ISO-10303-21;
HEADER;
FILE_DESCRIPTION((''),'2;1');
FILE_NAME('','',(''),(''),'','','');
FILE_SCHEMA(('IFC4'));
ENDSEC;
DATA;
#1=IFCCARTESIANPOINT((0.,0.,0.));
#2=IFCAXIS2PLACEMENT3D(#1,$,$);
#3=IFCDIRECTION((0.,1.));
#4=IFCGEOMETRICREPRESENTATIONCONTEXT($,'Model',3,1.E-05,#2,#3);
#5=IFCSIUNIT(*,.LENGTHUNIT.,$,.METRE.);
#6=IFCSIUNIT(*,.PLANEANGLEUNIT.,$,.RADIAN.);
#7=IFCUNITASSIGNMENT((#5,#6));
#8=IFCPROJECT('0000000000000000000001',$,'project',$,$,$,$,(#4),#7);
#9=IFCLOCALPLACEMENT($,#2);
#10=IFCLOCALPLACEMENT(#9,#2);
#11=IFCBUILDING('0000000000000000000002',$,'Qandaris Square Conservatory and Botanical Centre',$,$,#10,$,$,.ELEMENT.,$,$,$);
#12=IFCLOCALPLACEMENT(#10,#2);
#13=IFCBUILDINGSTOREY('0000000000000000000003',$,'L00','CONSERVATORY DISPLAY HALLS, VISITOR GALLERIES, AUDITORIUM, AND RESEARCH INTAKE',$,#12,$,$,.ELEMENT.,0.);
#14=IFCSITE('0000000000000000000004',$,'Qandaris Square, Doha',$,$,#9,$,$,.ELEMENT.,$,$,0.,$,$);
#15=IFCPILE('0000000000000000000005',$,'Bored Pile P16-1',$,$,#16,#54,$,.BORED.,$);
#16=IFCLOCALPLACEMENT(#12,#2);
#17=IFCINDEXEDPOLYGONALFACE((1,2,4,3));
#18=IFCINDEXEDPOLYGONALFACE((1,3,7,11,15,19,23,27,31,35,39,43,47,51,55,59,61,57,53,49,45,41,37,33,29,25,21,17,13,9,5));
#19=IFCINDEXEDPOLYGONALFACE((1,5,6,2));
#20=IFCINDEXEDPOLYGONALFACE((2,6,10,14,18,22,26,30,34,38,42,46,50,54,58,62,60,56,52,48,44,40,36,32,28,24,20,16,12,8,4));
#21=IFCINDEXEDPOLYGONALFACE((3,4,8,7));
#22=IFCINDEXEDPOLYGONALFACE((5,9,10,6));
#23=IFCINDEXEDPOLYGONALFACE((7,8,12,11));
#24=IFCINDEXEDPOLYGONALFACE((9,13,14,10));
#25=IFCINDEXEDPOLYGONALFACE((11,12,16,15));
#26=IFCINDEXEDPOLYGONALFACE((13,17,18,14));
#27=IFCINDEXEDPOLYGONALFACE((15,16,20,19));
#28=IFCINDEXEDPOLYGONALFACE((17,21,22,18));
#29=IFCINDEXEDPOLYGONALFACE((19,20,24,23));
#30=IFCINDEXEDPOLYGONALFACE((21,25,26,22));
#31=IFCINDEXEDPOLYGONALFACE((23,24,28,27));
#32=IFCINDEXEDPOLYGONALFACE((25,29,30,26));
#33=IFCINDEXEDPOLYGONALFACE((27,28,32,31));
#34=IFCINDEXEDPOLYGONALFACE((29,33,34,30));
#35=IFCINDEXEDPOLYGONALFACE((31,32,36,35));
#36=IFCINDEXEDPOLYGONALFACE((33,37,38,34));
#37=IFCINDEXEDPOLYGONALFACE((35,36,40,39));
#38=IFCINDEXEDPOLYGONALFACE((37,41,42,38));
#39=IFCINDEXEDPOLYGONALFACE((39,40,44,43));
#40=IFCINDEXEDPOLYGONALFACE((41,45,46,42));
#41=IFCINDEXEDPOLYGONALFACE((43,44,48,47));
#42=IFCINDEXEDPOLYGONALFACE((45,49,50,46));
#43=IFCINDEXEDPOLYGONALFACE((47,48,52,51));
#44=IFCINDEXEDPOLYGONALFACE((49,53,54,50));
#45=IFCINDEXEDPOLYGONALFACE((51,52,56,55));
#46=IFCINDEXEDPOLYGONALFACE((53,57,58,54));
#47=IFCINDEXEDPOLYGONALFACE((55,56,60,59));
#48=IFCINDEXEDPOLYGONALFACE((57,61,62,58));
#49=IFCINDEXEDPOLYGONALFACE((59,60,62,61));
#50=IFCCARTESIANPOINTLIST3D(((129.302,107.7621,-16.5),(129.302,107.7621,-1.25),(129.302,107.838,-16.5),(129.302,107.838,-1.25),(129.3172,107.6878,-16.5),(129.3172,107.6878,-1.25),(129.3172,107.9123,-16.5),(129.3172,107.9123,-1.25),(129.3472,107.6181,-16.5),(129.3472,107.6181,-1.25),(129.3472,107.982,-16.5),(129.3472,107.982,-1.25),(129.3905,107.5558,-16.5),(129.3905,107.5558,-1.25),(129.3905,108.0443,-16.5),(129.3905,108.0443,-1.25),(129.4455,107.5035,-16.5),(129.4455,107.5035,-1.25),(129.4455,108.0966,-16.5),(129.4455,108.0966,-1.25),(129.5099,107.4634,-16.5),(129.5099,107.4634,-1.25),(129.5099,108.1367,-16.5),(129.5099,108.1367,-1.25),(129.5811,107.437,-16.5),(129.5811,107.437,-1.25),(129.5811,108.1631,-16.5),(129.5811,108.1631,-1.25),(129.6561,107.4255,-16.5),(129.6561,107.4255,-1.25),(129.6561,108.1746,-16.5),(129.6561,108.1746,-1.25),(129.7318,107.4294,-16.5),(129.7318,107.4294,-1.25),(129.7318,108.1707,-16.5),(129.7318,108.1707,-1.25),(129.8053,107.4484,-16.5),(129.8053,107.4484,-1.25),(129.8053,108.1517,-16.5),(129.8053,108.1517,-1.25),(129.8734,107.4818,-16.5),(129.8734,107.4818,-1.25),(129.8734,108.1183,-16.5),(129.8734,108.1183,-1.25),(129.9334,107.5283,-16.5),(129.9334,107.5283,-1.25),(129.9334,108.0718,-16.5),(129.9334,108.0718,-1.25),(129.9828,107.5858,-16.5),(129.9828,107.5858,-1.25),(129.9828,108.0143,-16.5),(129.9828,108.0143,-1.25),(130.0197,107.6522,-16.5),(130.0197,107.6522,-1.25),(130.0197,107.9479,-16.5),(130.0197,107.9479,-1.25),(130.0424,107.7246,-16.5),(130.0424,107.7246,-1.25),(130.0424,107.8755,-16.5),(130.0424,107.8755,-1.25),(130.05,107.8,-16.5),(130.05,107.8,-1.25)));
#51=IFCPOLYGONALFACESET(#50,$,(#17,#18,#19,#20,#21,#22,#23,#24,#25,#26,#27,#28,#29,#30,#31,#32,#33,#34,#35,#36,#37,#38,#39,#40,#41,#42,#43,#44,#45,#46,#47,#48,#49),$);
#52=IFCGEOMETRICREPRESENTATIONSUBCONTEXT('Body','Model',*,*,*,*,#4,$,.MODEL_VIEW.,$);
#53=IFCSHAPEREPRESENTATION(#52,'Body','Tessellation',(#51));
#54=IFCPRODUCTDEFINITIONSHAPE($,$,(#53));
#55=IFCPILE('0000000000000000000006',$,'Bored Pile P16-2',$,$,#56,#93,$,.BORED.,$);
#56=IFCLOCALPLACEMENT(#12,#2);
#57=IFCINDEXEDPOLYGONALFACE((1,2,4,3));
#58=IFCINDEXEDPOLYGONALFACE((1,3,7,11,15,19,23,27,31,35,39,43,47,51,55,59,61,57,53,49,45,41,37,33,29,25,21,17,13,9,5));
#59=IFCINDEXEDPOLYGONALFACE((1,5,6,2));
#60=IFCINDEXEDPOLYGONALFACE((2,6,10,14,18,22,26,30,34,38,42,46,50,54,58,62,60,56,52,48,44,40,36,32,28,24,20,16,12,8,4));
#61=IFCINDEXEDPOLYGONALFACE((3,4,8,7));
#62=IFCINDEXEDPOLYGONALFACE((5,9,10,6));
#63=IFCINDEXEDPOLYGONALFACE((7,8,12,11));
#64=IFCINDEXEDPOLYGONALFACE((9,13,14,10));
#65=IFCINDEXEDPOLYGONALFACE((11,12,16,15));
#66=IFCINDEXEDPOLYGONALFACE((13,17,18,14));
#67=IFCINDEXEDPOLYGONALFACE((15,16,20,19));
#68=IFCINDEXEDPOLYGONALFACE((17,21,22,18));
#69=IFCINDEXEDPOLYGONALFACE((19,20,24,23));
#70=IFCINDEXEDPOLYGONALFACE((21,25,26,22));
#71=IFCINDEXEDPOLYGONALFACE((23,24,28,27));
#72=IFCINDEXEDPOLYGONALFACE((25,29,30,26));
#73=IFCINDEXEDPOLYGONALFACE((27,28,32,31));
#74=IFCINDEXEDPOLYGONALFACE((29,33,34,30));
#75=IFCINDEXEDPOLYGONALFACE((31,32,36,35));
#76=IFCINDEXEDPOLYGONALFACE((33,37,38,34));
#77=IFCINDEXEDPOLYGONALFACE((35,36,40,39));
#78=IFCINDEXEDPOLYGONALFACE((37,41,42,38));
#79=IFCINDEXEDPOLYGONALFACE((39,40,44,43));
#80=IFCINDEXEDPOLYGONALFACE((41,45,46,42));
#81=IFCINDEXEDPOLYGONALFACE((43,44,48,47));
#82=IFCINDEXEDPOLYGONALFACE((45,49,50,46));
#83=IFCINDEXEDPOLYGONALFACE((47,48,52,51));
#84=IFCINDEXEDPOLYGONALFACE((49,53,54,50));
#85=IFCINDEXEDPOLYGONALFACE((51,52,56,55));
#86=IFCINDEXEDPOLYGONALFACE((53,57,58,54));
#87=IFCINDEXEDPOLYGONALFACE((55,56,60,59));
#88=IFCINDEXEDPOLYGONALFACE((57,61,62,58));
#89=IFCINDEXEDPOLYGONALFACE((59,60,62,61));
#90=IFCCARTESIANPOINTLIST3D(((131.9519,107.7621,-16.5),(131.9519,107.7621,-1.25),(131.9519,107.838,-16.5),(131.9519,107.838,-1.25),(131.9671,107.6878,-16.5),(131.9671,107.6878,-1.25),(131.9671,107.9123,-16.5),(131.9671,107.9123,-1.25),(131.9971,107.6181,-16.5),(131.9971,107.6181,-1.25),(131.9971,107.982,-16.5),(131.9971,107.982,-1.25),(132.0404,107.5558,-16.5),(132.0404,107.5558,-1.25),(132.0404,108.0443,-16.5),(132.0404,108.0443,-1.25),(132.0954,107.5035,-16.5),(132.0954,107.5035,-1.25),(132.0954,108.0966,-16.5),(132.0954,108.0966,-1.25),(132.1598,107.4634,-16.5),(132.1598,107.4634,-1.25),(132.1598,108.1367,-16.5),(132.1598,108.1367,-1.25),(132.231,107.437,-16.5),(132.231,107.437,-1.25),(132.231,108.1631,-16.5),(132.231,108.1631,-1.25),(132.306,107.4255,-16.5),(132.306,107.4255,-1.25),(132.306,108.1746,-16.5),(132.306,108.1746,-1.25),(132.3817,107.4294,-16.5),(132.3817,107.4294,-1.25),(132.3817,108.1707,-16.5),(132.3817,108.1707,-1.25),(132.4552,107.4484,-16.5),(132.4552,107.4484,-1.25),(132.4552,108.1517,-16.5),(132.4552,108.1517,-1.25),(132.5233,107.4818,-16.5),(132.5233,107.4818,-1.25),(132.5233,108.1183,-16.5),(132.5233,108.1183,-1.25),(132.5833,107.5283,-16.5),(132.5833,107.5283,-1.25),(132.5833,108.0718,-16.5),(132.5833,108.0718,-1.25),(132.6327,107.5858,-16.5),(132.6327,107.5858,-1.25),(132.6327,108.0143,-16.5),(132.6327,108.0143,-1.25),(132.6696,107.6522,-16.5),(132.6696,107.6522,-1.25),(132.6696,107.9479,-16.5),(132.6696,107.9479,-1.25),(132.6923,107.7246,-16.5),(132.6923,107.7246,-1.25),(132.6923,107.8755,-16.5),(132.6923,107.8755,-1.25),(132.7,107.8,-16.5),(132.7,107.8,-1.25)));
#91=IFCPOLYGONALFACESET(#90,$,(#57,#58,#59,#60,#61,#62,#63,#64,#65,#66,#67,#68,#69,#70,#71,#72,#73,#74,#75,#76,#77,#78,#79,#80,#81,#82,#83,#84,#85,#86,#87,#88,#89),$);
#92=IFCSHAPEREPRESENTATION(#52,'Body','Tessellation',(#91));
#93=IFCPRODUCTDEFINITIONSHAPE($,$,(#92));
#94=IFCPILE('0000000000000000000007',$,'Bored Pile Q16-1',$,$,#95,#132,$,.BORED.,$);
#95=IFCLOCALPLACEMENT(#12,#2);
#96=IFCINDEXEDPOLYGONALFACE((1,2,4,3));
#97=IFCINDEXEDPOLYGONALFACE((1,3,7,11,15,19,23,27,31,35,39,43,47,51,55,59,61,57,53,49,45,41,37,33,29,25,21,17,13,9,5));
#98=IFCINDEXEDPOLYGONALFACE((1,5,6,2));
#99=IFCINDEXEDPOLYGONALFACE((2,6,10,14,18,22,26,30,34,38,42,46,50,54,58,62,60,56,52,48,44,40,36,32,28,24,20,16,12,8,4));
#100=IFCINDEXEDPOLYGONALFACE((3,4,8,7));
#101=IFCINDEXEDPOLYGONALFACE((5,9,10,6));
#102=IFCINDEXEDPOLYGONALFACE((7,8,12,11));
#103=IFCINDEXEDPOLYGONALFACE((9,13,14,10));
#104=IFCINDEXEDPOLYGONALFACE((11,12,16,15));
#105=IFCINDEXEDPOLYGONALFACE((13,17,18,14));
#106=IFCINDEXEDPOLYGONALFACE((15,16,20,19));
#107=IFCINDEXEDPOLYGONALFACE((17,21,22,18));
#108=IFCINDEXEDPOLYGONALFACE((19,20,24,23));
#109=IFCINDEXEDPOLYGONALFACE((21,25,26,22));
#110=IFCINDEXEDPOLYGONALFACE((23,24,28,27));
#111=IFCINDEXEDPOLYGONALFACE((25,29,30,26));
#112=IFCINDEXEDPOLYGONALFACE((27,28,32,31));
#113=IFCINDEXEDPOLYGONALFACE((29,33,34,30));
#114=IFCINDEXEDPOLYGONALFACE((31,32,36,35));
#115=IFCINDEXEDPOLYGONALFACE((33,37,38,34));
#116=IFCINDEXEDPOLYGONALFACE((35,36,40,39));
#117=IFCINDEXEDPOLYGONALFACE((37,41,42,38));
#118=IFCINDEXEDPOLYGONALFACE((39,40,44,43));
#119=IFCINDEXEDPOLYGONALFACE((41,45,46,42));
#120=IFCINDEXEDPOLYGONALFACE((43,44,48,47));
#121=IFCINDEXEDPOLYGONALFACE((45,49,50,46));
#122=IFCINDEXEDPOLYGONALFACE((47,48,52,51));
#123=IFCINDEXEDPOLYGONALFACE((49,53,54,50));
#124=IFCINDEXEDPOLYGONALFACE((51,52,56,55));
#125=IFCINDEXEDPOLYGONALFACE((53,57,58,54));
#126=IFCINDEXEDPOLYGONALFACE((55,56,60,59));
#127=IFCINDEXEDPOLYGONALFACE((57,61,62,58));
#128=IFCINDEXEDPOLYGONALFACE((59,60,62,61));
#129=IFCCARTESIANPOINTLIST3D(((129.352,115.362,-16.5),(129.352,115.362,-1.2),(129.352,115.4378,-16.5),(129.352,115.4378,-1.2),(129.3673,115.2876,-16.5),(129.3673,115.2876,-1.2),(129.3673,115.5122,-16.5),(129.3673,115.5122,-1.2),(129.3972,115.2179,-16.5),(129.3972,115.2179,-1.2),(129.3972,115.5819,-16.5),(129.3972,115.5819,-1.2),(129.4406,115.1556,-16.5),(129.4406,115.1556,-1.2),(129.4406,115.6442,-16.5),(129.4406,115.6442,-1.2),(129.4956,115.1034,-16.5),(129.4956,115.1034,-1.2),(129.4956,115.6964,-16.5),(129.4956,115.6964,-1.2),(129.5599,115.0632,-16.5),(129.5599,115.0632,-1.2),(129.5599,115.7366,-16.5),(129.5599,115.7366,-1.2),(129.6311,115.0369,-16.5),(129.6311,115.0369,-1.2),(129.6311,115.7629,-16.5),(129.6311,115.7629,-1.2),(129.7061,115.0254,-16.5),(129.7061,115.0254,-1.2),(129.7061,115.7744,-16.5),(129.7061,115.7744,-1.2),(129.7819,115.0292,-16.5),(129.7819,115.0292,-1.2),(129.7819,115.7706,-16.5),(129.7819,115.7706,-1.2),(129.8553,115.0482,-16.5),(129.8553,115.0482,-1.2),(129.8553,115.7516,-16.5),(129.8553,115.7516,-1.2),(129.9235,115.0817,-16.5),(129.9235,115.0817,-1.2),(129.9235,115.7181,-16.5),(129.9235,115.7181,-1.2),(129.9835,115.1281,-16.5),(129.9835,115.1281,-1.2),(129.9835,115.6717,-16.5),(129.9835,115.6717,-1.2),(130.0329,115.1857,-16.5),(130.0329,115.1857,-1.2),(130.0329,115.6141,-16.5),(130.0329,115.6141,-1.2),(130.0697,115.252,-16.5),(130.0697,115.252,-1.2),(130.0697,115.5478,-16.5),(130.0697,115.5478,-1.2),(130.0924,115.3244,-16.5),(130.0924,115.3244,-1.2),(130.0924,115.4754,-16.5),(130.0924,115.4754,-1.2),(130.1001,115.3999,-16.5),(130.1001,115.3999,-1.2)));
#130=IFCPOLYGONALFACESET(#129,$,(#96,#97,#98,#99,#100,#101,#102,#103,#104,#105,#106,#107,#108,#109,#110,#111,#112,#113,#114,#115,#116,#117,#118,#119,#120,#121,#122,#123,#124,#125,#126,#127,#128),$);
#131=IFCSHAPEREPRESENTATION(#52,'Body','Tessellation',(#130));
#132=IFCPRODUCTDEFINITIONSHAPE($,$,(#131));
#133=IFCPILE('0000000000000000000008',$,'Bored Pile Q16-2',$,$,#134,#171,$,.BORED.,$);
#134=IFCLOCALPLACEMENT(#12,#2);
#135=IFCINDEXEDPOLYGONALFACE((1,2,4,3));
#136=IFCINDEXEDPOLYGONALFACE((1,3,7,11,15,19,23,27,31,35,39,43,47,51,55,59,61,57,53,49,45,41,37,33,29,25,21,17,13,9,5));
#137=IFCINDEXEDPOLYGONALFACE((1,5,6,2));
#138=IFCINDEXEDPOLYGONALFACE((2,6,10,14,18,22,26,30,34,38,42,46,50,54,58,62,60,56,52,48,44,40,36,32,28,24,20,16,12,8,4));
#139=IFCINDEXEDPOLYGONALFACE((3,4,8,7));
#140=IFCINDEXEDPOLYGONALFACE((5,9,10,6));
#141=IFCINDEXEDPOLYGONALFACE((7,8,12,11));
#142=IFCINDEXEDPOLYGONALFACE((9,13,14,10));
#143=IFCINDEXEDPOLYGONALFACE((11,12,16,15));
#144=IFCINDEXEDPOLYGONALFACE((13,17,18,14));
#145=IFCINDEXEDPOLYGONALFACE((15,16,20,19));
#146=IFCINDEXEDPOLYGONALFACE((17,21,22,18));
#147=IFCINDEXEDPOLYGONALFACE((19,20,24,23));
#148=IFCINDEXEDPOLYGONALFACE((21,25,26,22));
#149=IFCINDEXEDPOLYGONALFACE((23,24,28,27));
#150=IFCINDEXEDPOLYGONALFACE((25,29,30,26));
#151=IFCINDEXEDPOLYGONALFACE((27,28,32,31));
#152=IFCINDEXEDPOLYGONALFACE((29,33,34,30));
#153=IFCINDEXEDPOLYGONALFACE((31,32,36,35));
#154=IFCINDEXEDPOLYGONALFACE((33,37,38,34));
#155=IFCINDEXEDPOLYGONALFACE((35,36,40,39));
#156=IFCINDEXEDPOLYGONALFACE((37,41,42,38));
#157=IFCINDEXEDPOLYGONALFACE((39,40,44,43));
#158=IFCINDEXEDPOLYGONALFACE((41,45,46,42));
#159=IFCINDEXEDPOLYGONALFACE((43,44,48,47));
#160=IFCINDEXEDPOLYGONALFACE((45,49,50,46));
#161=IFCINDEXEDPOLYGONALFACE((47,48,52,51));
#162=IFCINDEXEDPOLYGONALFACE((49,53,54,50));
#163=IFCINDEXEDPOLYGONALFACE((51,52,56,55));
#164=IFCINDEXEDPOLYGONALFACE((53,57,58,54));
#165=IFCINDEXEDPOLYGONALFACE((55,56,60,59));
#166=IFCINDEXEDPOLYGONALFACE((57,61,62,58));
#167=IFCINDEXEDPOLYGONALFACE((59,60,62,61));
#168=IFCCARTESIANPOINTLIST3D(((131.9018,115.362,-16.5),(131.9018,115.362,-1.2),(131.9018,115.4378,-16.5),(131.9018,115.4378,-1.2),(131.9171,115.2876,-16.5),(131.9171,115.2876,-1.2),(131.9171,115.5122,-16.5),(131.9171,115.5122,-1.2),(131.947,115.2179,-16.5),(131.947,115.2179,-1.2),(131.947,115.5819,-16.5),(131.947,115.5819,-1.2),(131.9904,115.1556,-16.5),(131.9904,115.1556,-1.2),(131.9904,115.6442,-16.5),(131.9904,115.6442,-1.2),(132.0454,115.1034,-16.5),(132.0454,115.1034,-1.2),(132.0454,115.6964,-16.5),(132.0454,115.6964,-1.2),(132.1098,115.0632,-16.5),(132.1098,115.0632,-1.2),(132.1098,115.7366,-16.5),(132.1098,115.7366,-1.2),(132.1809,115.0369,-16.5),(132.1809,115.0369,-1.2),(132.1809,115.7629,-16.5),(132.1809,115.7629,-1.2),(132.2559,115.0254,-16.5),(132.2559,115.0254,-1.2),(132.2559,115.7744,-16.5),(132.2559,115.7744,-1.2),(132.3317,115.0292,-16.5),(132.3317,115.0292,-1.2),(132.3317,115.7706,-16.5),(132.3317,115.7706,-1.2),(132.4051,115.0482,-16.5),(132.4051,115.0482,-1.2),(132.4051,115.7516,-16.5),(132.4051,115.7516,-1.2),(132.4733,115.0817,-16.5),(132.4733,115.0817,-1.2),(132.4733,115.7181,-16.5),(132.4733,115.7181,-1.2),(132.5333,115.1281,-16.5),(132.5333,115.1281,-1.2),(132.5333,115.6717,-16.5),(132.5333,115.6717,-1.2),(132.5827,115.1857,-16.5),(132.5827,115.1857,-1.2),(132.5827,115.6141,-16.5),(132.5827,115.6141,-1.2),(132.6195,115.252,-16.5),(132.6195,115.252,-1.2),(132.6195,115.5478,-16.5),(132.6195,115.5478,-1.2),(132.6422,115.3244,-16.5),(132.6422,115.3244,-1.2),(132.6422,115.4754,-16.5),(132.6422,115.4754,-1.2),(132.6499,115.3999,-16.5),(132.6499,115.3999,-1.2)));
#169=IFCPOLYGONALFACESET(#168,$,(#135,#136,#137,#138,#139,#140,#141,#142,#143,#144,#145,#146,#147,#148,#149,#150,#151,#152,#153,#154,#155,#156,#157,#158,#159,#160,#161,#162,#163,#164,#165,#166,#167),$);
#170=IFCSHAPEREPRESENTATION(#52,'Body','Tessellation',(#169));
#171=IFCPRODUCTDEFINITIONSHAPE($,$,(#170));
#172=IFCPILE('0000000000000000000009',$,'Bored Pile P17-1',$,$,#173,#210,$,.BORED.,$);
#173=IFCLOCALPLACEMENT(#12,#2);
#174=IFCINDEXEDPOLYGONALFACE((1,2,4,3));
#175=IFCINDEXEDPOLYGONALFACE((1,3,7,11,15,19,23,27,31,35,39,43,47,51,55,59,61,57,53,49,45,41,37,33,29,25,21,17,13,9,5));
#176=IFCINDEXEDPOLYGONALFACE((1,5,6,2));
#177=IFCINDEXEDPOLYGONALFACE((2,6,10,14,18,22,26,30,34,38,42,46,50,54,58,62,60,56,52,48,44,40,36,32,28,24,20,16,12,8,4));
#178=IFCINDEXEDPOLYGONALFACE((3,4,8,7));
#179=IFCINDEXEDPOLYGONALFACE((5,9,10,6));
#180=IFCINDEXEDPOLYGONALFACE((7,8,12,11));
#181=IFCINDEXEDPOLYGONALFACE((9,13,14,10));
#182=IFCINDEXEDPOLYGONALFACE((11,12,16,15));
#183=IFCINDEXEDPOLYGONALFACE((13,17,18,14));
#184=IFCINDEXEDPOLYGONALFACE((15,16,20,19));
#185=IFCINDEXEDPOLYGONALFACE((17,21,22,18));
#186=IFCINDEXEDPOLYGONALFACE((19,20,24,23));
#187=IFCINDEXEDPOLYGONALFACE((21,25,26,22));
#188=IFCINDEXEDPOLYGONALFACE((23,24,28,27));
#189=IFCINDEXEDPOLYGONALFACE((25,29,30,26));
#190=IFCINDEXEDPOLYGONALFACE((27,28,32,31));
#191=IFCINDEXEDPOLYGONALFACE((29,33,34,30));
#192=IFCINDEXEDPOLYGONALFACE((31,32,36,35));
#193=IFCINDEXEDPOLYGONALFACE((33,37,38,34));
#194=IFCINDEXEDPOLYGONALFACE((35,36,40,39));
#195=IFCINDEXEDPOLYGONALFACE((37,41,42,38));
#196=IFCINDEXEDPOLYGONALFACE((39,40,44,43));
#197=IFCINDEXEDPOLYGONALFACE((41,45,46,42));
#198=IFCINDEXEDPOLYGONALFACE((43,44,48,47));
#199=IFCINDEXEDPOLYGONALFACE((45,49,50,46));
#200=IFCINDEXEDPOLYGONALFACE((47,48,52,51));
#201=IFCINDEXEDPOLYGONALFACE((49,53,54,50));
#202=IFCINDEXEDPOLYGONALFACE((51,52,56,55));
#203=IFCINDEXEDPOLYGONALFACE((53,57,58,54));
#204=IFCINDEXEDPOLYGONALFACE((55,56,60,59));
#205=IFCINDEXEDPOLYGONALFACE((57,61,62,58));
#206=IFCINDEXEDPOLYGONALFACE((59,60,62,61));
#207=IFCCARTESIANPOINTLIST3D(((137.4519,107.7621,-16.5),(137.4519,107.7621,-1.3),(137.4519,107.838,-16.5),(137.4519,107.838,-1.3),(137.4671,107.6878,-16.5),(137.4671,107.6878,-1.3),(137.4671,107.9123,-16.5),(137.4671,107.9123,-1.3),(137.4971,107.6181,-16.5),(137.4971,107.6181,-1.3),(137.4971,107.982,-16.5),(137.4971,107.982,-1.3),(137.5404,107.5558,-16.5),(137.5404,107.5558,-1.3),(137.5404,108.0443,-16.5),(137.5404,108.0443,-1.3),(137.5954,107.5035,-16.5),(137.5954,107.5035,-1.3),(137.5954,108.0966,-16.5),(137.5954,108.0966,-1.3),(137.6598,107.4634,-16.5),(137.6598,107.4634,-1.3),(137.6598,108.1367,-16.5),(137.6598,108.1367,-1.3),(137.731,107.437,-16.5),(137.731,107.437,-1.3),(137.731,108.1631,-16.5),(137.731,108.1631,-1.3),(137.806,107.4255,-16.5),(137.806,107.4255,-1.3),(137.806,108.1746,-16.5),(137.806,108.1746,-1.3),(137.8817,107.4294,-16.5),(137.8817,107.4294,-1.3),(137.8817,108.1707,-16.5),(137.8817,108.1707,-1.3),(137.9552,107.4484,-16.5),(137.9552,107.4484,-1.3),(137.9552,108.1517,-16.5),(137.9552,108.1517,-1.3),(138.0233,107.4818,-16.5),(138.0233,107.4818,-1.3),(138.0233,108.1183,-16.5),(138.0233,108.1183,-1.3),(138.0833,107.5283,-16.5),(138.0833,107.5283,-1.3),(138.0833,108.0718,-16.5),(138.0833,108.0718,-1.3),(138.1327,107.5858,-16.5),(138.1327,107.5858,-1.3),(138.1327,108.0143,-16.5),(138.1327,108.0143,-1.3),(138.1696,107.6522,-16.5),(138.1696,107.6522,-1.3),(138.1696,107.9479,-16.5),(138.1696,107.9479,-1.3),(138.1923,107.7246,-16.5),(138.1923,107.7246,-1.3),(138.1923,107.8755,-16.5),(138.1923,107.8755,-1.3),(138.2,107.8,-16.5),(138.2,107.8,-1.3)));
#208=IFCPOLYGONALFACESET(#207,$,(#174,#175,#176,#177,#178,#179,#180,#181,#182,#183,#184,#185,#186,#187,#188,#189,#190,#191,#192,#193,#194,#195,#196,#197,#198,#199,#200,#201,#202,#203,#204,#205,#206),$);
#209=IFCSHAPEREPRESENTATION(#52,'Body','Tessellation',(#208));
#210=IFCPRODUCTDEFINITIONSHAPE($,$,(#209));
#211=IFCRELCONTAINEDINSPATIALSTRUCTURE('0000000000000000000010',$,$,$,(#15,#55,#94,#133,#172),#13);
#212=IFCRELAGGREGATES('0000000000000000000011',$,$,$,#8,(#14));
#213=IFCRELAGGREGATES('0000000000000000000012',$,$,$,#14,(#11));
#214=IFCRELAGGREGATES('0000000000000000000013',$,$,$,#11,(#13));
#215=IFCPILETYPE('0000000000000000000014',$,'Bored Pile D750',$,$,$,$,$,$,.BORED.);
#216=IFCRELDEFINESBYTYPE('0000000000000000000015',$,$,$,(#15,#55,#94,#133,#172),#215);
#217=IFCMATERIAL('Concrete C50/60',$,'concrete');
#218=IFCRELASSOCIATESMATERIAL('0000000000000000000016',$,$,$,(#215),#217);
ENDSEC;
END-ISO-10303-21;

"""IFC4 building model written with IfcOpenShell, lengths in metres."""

from ifc_helpers import new_model, si_unit, direction, frame, origin, origin_2d, place, context, subcontext, project, spatial, circle, extrude, material, material_profile, profile_set, type_object, element, save


model = new_model("IFC4")

# Units and contexts
model_context = context("Model", 3, precision=1e-05, world=origin(), true_north=direction((0.0, 1.0)))
body_context = subcontext(model_context, "Body", "Model", "MODEL_VIEW")
ifc_project = project(units=[si_unit("LENGTHUNIT", "METRE"), si_unit("PLANEANGLEUNIT", "RADIAN")], contexts=[model_context])

# Site, building, storey
site_placement = place(None, origin())
site = spatial("IfcSite", under=ifc_project, at=site_placement, Name="Qandaris Square, Doha", CompositionType="ELEMENT", RefElevation=0.0)
building_placement = place(site_placement, origin())
building = spatial("IfcBuilding", under=site, at=building_placement, Name="Qandaris Square Conservatory and Botanical Centre", CompositionType="ELEMENT")
storey_placement = place(building_placement, origin())
storey = spatial("IfcBuildingStorey", under=building, at=storey_placement, Name="L00", Description="CONSERVATORY DISPLAY HALLS, VISITOR GALLERIES, AUDITORIUM, AND RESEARCH INTAKE", CompositionType="ELEMENT", Elevation=0.0)

# Piles
ifc_material_1 = material(Name="Concrete C50/60", Category="concrete")
ifc_material_profile_1 = material_profile(ifc_material_1, circle(Radius=0.375, at=origin_2d()), Name="PILE D750")
ifc_profile_set_1 = profile_set([ifc_material_profile_1], Name="Concrete C50/60")
pile_type = type_object("IfcPileType", Name="Bored Pile D750", PredefinedType="BORED", material=ifc_profile_set_1)
for number, where, z_axis, x_axis, name in (
    (1, (129.675, 107.8, -1.25), (0.0, 0.0, -1.0), (1.0, 0.0, 0.0), "Bored Pile P16-1"),
    (2, (132.325, 107.8, -1.25), (0.0, 0.0, -1.0), (1.0, 0.0, 0.0), "Bored Pile P16-2"),
):
    element("IfcPile", number, at=place(storey_placement, frame(where, z_axis=z_axis, x_axis=x_axis)), inside=storey, type_object=pile_type, Name=name, PredefinedType="BORED", context=body_context, shape_type="SweptSolid", body=[
        extrude(circle(Radius=0.375, at=origin_2d()), origin(), (0.0, 0.0, 1.0), 15.25),
    ])
for number, where, z_axis, x_axis, name in (
    (3, (129.7251, 115.3999, -1.2), (0.0, 0.0, -1.0), (1.0, 0.0, 0.0), "Bored Pile Q16-1"),
    (4, (132.2749, 115.3999, -1.2), (0.0, 0.0, -1.0), (1.0, 0.0, 0.0), "Bored Pile Q16-2"),
):
    element("IfcPile", number, at=place(storey_placement, frame(where, z_axis=z_axis, x_axis=x_axis)), inside=storey, type_object=pile_type, Name=name, PredefinedType="BORED", context=body_context, shape_type="SweptSolid", body=[
        extrude(circle(Radius=0.375, at=origin_2d()), origin(), (0.0, 0.0, 1.0), 15.3),
    ])
pile_1_placement = place(storey_placement, frame((137.825, 107.8, -1.3), z_axis=(0.0, 0.0, -1.0), x_axis=(1.0, 0.0, 0.0)))
element("IfcPile", 5, at=pile_1_placement, inside=storey, type_object=pile_type, Name="Bored Pile P17-1", PredefinedType="BORED", context=body_context, shape_type="SweptSolid", body=[
    extrude(circle(Radius=0.375, at=origin_2d()), origin(), (0.0, 0.0, 1.0), 15.2),
])

save(model, "model.ifc")
